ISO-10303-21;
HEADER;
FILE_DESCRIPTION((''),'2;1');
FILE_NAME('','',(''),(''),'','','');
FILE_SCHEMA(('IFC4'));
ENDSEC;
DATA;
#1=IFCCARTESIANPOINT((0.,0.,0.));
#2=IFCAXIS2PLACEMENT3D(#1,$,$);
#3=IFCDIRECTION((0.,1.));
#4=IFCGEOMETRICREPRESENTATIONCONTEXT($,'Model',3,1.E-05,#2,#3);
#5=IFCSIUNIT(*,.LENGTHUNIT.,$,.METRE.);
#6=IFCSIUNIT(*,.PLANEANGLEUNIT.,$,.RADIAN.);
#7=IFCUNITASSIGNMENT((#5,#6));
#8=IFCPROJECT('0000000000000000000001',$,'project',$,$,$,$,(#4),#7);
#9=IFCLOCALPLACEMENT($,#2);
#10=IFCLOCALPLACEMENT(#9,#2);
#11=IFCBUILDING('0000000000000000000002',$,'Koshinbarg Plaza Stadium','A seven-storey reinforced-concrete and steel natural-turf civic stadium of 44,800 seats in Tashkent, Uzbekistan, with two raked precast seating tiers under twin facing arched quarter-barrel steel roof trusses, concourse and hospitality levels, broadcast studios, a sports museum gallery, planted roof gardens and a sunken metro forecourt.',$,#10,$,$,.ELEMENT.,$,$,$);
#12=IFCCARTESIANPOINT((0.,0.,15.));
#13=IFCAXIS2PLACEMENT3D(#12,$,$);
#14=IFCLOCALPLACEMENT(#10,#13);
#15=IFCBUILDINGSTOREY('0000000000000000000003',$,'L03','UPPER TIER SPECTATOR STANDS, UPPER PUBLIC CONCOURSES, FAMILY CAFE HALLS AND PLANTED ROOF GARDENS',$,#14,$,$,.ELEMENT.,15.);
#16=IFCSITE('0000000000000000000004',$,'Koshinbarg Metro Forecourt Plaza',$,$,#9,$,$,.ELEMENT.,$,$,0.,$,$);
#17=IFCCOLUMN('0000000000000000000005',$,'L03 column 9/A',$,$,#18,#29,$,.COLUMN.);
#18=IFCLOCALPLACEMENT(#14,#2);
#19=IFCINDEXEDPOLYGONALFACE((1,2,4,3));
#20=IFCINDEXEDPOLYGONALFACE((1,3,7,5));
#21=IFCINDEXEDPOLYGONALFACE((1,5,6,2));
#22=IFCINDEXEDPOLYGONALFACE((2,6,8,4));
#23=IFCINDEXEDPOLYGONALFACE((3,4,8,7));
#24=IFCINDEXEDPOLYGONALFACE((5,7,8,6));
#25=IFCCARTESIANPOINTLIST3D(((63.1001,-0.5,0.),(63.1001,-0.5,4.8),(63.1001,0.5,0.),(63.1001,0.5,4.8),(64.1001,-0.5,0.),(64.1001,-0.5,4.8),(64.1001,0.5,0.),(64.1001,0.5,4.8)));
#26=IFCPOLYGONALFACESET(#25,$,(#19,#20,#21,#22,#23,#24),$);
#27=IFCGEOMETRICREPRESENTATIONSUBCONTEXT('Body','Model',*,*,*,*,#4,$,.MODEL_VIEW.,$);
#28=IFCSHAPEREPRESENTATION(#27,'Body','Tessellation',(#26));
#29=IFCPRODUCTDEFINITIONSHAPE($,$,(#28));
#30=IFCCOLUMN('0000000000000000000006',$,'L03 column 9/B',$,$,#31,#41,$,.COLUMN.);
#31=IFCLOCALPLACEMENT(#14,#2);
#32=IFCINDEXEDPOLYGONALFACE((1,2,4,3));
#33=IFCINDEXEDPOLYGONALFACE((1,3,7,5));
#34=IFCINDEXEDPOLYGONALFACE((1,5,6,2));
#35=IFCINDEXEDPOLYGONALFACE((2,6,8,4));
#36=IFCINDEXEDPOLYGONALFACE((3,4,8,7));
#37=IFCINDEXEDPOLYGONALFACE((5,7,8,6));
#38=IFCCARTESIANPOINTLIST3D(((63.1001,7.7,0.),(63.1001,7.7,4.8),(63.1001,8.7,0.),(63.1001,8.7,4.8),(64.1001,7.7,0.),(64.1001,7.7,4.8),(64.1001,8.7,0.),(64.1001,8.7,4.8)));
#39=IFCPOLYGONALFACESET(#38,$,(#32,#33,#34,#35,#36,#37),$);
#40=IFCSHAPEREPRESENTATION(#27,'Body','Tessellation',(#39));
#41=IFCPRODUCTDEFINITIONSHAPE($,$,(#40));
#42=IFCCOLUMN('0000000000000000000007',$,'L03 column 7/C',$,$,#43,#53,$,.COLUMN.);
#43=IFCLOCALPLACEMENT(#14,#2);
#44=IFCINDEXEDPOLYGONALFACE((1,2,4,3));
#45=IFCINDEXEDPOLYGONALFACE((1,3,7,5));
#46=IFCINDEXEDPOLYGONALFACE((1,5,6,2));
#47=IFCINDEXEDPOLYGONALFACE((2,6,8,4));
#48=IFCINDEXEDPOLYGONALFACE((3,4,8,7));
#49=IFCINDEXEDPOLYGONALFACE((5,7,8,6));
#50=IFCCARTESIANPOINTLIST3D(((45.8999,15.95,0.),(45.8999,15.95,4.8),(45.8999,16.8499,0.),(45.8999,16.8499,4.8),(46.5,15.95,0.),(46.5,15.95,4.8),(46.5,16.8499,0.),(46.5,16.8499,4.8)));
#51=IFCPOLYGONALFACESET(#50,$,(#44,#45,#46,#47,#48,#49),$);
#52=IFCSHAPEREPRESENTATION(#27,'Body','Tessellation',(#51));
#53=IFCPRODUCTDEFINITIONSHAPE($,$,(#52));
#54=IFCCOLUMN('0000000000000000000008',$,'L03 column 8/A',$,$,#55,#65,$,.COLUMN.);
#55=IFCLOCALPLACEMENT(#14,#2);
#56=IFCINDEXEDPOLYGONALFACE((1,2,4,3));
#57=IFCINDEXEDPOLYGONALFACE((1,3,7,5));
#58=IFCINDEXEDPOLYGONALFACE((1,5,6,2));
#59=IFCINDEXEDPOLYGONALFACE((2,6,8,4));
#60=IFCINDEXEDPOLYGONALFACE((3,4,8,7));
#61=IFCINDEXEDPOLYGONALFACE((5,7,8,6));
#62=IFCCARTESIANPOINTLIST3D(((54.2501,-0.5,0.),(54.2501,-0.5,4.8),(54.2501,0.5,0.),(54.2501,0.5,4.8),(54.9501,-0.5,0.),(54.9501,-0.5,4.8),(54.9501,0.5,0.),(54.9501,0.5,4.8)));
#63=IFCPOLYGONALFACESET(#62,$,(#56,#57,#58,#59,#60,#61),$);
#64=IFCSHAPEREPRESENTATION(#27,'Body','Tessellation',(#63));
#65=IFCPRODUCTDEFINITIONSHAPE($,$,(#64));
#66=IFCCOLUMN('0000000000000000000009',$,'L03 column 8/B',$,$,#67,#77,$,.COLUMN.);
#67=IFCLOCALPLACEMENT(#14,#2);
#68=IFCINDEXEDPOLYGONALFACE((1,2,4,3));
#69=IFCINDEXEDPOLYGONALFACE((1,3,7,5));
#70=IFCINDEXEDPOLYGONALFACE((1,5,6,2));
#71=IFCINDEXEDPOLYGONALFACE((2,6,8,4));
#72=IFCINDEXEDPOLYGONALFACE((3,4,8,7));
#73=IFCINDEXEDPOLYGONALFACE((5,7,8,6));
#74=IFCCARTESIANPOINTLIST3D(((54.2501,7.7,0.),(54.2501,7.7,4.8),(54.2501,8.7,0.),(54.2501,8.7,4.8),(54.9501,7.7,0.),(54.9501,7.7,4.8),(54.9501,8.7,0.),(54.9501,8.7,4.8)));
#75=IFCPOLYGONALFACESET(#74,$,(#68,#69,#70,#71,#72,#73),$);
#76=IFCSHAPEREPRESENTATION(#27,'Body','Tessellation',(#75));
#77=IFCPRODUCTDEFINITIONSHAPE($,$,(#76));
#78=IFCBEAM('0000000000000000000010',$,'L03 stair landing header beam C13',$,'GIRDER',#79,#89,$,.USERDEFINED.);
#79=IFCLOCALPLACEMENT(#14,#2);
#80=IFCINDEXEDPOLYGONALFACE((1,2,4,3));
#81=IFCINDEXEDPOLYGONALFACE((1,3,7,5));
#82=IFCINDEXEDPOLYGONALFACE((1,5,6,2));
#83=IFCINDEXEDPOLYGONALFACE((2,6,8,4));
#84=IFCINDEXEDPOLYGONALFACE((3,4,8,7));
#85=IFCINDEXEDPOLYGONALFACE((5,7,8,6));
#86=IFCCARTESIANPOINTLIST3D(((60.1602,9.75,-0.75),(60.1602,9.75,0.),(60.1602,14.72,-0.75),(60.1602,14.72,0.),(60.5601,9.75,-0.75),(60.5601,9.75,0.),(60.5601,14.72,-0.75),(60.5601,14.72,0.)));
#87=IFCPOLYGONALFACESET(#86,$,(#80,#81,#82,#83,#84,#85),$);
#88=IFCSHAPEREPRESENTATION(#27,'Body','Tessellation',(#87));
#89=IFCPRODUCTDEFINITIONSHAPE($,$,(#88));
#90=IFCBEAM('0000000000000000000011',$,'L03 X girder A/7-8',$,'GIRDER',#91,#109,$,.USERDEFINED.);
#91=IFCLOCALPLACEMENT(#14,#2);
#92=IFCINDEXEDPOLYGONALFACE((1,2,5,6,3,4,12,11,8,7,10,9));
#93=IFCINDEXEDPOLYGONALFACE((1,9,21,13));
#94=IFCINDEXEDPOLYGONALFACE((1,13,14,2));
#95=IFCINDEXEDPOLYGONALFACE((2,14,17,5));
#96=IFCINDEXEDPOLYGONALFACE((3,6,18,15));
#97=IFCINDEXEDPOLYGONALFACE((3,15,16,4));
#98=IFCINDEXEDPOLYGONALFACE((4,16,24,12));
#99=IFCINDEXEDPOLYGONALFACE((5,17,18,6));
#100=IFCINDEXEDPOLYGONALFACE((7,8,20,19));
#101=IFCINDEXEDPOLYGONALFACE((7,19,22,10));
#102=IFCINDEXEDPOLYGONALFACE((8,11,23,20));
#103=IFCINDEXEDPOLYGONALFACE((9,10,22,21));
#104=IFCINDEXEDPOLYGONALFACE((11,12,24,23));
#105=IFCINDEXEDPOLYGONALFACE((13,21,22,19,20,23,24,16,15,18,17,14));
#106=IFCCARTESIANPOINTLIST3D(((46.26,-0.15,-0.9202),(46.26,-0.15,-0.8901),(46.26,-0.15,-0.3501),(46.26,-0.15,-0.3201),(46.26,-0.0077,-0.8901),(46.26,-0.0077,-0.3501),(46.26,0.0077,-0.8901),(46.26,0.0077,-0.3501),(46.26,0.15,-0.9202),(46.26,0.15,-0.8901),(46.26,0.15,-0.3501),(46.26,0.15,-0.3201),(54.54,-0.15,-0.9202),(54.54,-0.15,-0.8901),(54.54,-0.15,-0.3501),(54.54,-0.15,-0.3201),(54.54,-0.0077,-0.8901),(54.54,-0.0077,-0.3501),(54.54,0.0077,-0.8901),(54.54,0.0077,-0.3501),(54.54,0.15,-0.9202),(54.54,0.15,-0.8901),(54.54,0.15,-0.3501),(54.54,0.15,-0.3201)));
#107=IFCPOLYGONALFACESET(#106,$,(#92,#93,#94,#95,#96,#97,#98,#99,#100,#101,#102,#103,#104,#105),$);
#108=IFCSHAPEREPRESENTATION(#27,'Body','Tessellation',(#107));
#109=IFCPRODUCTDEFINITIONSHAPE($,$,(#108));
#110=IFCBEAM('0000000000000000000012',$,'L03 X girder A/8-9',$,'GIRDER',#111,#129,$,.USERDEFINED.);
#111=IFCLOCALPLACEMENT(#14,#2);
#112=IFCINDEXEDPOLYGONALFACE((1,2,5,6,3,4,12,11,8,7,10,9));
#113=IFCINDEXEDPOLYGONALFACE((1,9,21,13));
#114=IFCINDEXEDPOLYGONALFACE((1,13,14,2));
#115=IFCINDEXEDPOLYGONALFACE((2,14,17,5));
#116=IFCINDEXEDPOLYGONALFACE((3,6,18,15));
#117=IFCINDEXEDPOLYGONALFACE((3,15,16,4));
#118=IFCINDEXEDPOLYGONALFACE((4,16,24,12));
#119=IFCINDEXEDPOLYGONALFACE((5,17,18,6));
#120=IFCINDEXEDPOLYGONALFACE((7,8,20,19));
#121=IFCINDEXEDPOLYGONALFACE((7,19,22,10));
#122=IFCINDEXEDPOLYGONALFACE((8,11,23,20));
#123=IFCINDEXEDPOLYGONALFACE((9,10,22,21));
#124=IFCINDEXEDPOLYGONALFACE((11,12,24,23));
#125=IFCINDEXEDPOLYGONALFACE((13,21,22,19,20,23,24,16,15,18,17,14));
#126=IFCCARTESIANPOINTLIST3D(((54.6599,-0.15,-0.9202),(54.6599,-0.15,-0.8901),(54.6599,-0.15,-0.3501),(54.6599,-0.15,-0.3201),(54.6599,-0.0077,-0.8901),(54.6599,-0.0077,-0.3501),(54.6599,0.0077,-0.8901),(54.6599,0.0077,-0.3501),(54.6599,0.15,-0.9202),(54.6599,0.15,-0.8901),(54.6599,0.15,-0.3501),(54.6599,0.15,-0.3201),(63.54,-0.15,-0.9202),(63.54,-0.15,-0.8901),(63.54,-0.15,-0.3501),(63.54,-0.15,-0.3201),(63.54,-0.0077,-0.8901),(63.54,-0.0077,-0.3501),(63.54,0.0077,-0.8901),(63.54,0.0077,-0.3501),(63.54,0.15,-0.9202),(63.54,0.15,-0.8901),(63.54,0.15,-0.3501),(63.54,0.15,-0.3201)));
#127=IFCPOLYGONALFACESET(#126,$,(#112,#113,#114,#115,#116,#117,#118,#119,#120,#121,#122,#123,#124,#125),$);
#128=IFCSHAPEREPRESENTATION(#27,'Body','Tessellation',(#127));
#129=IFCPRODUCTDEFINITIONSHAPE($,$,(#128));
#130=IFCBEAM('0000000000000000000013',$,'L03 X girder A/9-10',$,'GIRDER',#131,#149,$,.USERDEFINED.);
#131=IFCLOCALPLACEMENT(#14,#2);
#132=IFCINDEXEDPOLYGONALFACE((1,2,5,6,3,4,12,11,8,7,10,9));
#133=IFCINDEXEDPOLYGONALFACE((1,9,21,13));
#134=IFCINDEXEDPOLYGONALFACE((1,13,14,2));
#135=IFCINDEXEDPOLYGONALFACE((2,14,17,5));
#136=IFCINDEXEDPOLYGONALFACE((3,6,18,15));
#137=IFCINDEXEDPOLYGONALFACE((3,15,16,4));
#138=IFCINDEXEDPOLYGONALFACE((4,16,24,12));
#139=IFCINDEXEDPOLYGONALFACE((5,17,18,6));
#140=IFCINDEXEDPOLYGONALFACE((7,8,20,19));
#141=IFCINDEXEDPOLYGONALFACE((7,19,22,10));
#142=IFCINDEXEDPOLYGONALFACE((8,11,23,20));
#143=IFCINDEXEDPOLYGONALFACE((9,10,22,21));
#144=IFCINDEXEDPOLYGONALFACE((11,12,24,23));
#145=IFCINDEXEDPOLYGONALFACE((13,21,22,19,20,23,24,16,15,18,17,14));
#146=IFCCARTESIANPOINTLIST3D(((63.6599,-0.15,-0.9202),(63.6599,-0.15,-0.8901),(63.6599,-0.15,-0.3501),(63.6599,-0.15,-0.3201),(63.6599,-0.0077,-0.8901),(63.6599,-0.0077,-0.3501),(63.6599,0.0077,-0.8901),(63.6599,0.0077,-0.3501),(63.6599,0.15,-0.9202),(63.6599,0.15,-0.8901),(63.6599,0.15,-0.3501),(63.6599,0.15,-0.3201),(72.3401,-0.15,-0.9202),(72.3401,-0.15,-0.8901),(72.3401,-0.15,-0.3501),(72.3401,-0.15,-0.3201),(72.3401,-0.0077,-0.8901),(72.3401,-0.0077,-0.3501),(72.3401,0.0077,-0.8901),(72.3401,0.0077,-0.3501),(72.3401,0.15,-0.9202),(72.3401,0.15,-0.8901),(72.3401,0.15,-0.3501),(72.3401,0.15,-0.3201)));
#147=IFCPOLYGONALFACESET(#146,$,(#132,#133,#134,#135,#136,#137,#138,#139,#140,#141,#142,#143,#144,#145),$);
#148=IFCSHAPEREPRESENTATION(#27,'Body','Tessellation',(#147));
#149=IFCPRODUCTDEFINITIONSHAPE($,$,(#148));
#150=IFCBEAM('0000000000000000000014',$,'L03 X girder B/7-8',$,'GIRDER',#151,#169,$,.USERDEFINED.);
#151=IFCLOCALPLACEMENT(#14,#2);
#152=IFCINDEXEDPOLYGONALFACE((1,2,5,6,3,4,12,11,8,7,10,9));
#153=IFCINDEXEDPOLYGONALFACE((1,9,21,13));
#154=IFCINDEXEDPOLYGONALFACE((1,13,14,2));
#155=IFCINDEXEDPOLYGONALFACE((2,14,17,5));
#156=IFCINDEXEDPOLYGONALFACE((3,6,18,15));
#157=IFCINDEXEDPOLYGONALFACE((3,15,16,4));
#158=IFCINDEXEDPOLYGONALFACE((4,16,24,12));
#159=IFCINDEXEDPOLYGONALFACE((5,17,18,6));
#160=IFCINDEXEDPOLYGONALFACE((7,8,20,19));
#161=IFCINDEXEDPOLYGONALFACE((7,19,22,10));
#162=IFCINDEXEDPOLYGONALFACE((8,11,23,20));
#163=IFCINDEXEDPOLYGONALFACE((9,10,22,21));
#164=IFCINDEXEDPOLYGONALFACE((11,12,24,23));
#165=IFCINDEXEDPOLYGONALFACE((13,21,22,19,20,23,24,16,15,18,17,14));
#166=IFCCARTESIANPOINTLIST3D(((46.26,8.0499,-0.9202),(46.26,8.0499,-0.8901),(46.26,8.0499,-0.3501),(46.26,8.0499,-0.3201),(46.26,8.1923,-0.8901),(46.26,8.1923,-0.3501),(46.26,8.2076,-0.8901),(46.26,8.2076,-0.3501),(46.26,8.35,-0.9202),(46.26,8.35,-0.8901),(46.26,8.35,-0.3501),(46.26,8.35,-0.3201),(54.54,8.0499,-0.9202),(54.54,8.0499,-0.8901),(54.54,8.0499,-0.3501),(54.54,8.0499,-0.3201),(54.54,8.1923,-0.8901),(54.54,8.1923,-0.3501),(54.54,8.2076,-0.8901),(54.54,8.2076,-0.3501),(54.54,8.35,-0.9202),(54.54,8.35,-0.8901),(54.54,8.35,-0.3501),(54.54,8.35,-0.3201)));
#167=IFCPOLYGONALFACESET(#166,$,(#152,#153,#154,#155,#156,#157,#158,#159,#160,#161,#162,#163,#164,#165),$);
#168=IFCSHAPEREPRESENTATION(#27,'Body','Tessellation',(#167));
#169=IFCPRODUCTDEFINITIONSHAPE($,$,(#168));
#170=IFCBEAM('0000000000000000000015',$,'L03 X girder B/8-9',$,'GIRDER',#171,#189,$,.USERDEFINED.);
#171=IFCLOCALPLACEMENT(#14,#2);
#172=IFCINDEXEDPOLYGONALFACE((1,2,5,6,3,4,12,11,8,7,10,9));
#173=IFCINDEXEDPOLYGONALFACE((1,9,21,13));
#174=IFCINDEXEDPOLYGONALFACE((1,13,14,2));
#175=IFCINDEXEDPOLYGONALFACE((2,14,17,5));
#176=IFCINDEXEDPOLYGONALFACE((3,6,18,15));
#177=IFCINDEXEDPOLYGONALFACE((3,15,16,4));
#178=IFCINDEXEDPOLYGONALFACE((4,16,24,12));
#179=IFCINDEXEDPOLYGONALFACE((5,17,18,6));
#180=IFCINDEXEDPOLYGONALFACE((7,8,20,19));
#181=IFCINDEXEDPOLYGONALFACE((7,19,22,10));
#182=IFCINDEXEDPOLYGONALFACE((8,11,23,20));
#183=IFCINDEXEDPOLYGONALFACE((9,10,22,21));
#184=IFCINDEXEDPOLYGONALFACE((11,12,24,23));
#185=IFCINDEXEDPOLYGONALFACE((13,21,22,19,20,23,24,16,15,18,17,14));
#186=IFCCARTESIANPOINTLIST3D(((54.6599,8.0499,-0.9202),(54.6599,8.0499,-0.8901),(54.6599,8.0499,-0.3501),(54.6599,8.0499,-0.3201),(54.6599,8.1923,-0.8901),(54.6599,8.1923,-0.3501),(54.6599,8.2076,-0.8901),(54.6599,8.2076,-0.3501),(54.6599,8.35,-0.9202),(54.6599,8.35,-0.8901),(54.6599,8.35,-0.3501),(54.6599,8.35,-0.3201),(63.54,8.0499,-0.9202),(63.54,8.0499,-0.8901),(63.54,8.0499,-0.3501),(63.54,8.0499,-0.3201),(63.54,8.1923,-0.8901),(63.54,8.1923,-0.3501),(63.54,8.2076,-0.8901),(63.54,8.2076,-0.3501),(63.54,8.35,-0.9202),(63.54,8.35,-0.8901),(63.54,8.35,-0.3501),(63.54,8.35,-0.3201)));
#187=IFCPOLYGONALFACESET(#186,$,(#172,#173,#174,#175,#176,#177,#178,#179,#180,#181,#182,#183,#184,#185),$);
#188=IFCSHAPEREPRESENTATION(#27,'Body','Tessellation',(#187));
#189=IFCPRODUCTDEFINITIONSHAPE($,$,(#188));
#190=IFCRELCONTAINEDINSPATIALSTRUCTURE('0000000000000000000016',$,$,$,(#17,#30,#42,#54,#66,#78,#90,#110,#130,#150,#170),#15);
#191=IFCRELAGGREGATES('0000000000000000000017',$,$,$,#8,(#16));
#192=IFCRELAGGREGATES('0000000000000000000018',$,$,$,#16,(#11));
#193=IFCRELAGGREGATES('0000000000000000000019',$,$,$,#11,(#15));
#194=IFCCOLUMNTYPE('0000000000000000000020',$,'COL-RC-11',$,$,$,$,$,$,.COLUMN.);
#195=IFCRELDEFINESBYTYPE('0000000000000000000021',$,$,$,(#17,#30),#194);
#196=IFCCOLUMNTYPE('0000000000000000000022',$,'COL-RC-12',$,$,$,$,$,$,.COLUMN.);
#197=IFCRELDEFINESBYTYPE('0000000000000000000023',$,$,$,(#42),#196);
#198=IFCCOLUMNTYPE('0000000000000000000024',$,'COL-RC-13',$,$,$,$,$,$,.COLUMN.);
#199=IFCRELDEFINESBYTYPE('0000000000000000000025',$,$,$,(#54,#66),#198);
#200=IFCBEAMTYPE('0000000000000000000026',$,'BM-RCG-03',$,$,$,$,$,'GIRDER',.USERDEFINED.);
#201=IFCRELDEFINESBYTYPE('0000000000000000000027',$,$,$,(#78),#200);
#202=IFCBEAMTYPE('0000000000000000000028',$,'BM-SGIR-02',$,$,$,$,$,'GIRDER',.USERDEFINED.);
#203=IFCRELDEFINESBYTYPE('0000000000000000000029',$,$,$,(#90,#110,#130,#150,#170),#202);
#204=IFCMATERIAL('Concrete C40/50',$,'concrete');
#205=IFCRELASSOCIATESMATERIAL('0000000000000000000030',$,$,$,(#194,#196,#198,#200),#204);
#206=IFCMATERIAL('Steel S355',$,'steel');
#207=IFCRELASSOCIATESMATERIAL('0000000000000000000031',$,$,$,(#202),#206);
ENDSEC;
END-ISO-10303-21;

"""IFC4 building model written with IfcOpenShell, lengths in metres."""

from ifc_helpers import new_model, si_unit, direction, frame, origin, origin_2d, place, context, subcontext, project, spatial, rectangle, i_section, extrude, material, material_profile, profile_set, type_object, element, save


model = new_model("IFC4")

# Units and contexts
model_context = context("Model", 3, precision=1e-05, world=origin(), true_north=direction((0.0, 1.0)))
body_context = subcontext(model_context, "Body", "Model", "MODEL_VIEW")
ifc_project = project(units=[si_unit("LENGTHUNIT", "METRE"), si_unit("PLANEANGLEUNIT", "RADIAN")], contexts=[model_context])

# Site, building, storey
site_placement = place(None, origin())
site = spatial("IfcSite", under=ifc_project, at=site_placement, Name="Koshinbarg Metro Forecourt Plaza", CompositionType="ELEMENT", RefElevation=0.0)
building_placement = place(site_placement, origin())
building = spatial("IfcBuilding", under=site, at=building_placement, Name="Koshinbarg Plaza Stadium", Description="A seven-storey reinforced-concrete and steel natural-turf civic stadium of 44,800 seats in Tashkent, Uzbekistan, with two raked precast seating tiers under twin facing arched quarter-barrel steel roof trusses, concourse and hospitality levels, broadcast studios, a sports museum gallery, planted roof gardens and a sunken metro forecourt.", CompositionType="ELEMENT")
storey_placement = place(building_placement, frame((0.0, 0.0, 15.0)))
storey = spatial("IfcBuildingStorey", under=building, at=storey_placement, Name="L03", Description="UPPER TIER SPECTATOR STANDS, UPPER PUBLIC CONCOURSES, FAMILY CAFE HALLS AND PLANTED ROOF GARDENS", CompositionType="ELEMENT", Elevation=15.0)

# Columns
ifc_material_1 = material(Name="Concrete C40/50", Category="concrete")
ifc_material_profile_1 = material_profile(ifc_material_1, rectangle(XDim=1.0, YDim=1.0, at=origin_2d()), Name="RC 1000x1000")
ifc_profile_set_1 = profile_set([ifc_material_profile_1], Name="Concrete C40/50")
column_type_1 = type_object("IfcColumnType", Name="COL-RC-11", PredefinedType="COLUMN", material=ifc_profile_set_1)
for number, where, z_axis, x_axis, name in (
    (1, (63.6001, 0.0, 0.0), (0.0, 0.0, 1.0), (1.0, 0.0, 0.0), "L03 column 9/A"),
    (2, (63.6001, 8.2, 0.0), (0.0, 0.0, 1.0), (1.0, 0.0, 0.0), "L03 column 9/B"),
):
    element("IfcColumn", number, at=place(storey_placement, frame(where, z_axis=z_axis, x_axis=x_axis)), inside=storey, type_object=column_type_1, Name=name, PredefinedType="COLUMN", context=body_context, shape_type="SweptSolid", body=[
        extrude(rectangle(XDim=1.0, YDim=1.0, at=origin_2d()), origin(), (0.0, 0.0, 1.0), 4.8),
    ])
ifc_material_profile_2 = material_profile(ifc_material_1, rectangle(XDim=0.6001, YDim=0.8999, at=origin_2d()), Name="RC 600x900")
ifc_profile_set_2 = profile_set([ifc_material_profile_2], Name="Concrete C40/50")
column_type_2 = type_object("IfcColumnType", Name="COL-RC-12", PredefinedType="COLUMN", material=ifc_profile_set_2)
column_placement = place(storey_placement, frame((46.2, 16.3999, 0.0), z_axis=(0.0, 0.0, 1.0), x_axis=(1.0, 0.0, 0.0)))
element("IfcColumn", 3, at=column_placement, inside=storey, type_object=column_type_2, Name="L03 column 7/C", PredefinedType="COLUMN", context=body_context, shape_type="SweptSolid", body=[
    extrude(rectangle(XDim=0.6001, YDim=0.8999, at=origin_2d()), origin(), (0.0, 0.0, 1.0), 4.8),
])
ifc_material_profile_3 = material_profile(ifc_material_1, rectangle(XDim=0.7, YDim=1.0, at=origin_2d()), Name="RC 700x1000")
ifc_profile_set_3 = profile_set([ifc_material_profile_3], Name="Concrete C40/50")
column_type_3 = type_object("IfcColumnType", Name="COL-RC-13", PredefinedType="COLUMN", material=ifc_profile_set_3)
for number, where, z_axis, x_axis, name in (
    (4, (54.6001, 0.0, 0.0), (0.0, 0.0, 1.0), (1.0, 0.0, 0.0), "L03 column 8/A"),
    (5, (54.6001, 8.2, 0.0), (0.0, 0.0, 1.0), (1.0, 0.0, 0.0), "L03 column 8/B"),
):
    element("IfcColumn", number, at=place(storey_placement, frame(where, z_axis=z_axis, x_axis=x_axis)), inside=storey, type_object=column_type_3, Name=name, PredefinedType="COLUMN", context=body_context, shape_type="SweptSolid", body=[
        extrude(rectangle(XDim=0.7, YDim=1.0, at=origin_2d()), origin(), (0.0, 0.0, 1.0), 4.8),
    ])

# Beams
ifc_material_profile_4 = material_profile(ifc_material_1, rectangle(XDim=0.3999, YDim=0.75, at=origin_2d()), Name="RC 400x750")
ifc_profile_set_4 = profile_set([ifc_material_profile_4], Name="Concrete C40/50")
beam_type_1 = type_object("IfcBeamType", Name="BM-RCG-03", ElementType="GIRDER", PredefinedType="USERDEFINED", material=ifc_profile_set_4)
beam_1_placement = place(storey_placement, frame((60.3601, 9.75, -0.375), z_axis=(0.0, 1.0, 0.0), x_axis=(-1.0, 0.0, 0.0)))
element("IfcBeam", 6, at=beam_1_placement, inside=storey, type_object=beam_type_1, Name="L03 stair landing header beam C13", ObjectType="GIRDER", PredefinedType="USERDEFINED", context=body_context, shape_type="SweptSolid", body=[
    extrude(rectangle(XDim=0.3999, YDim=0.75, at=origin_2d()), origin(), (0.0, 0.0, 1.0), 4.97),
])
ifc_material_2 = material(Name="Steel S355", Category="steel")
ifc_material_profile_5 = material_profile(ifc_material_2, i_section(OverallWidth=0.3, OverallDepth=0.6001, WebThickness=0.0154, FlangeThickness=0.03, at=origin_2d()), Name="HEB 600")
ifc_profile_set_5 = profile_set([ifc_material_profile_5], Name="Steel S355")
beam_type_2 = type_object("IfcBeamType", Name="BM-SGIR-02", ElementType="GIRDER", PredefinedType="USERDEFINED", material=ifc_profile_set_5)
beam_2_placement = place(storey_placement, frame((46.26, 0.0, -0.6201), z_axis=(1.0, 0.0, 0.0), x_axis=(0.0, 1.0, 0.0)))
element("IfcBeam", 7, at=beam_2_placement, inside=storey, type_object=beam_type_2, Name="L03 X girder A/7-8", ObjectType="GIRDER", PredefinedType="USERDEFINED", context=body_context, shape_type="SweptSolid", body=[
    extrude(i_section(OverallWidth=0.3, OverallDepth=0.6001, WebThickness=0.0154, FlangeThickness=0.03, at=origin_2d()), origin(), (0.0, 0.0, 1.0), 8.28),
])
beam_3_placement = place(storey_placement, frame((54.6599, 0.0, -0.6201), z_axis=(1.0, 0.0, 0.0), x_axis=(0.0, 1.0, 0.0)))
element("IfcBeam", 8, at=beam_3_placement, inside=storey, type_object=beam_type_2, Name="L03 X girder A/8-9", ObjectType="GIRDER", PredefinedType="USERDEFINED", context=body_context, shape_type="SweptSolid", body=[
    extrude(i_section(OverallWidth=0.3, OverallDepth=0.6001, WebThickness=0.0154, FlangeThickness=0.03, at=origin_2d()), origin(), (0.0, 0.0, 1.0), 8.8801),
])
beam_4_placement = place(storey_placement, frame((63.6599, 0.0, -0.6201), z_axis=(1.0, 0.0, 0.0), x_axis=(0.0, 1.0, 0.0)))
element("IfcBeam", 9, at=beam_4_placement, inside=storey, type_object=beam_type_2, Name="L03 X girder A/9-10", ObjectType="GIRDER", PredefinedType="USERDEFINED", context=body_context, shape_type="SweptSolid", body=[
    extrude(i_section(OverallWidth=0.3, OverallDepth=0.6001, WebThickness=0.0154, FlangeThickness=0.03, at=origin_2d()), origin(), (0.0, 0.0, 1.0), 8.6802),
])
beam_5_placement = place(storey_placement, frame((46.26, 8.2, -0.6201), z_axis=(1.0, 0.0, 0.0), x_axis=(0.0, 1.0, 0.0)))
element("IfcBeam", 10, at=beam_5_placement, inside=storey, type_object=beam_type_2, Name="L03 X girder B/7-8", ObjectType="GIRDER", PredefinedType="USERDEFINED", context=body_context, shape_type="SweptSolid", body=[
    extrude(i_section(OverallWidth=0.3, OverallDepth=0.6001, WebThickness=0.0154, FlangeThickness=0.03, at=origin_2d()), origin(), (0.0, 0.0, 1.0), 8.28),
])
beam_6_placement = place(storey_placement, frame((54.6599, 8.2, -0.6201), z_axis=(1.0, 0.0, 0.0), x_axis=(0.0, 1.0, 0.0)))
element("IfcBeam", 11, at=beam_6_placement, inside=storey, type_object=beam_type_2, Name="L03 X girder B/8-9", ObjectType="GIRDER", PredefinedType="USERDEFINED", context=body_context, shape_type="SweptSolid", body=[
    extrude(i_section(OverallWidth=0.3, OverallDepth=0.6001, WebThickness=0.0154, FlangeThickness=0.03, at=origin_2d()), origin(), (0.0, 0.0, 1.0), 8.8801),
])

save(model, "model.ifc")
